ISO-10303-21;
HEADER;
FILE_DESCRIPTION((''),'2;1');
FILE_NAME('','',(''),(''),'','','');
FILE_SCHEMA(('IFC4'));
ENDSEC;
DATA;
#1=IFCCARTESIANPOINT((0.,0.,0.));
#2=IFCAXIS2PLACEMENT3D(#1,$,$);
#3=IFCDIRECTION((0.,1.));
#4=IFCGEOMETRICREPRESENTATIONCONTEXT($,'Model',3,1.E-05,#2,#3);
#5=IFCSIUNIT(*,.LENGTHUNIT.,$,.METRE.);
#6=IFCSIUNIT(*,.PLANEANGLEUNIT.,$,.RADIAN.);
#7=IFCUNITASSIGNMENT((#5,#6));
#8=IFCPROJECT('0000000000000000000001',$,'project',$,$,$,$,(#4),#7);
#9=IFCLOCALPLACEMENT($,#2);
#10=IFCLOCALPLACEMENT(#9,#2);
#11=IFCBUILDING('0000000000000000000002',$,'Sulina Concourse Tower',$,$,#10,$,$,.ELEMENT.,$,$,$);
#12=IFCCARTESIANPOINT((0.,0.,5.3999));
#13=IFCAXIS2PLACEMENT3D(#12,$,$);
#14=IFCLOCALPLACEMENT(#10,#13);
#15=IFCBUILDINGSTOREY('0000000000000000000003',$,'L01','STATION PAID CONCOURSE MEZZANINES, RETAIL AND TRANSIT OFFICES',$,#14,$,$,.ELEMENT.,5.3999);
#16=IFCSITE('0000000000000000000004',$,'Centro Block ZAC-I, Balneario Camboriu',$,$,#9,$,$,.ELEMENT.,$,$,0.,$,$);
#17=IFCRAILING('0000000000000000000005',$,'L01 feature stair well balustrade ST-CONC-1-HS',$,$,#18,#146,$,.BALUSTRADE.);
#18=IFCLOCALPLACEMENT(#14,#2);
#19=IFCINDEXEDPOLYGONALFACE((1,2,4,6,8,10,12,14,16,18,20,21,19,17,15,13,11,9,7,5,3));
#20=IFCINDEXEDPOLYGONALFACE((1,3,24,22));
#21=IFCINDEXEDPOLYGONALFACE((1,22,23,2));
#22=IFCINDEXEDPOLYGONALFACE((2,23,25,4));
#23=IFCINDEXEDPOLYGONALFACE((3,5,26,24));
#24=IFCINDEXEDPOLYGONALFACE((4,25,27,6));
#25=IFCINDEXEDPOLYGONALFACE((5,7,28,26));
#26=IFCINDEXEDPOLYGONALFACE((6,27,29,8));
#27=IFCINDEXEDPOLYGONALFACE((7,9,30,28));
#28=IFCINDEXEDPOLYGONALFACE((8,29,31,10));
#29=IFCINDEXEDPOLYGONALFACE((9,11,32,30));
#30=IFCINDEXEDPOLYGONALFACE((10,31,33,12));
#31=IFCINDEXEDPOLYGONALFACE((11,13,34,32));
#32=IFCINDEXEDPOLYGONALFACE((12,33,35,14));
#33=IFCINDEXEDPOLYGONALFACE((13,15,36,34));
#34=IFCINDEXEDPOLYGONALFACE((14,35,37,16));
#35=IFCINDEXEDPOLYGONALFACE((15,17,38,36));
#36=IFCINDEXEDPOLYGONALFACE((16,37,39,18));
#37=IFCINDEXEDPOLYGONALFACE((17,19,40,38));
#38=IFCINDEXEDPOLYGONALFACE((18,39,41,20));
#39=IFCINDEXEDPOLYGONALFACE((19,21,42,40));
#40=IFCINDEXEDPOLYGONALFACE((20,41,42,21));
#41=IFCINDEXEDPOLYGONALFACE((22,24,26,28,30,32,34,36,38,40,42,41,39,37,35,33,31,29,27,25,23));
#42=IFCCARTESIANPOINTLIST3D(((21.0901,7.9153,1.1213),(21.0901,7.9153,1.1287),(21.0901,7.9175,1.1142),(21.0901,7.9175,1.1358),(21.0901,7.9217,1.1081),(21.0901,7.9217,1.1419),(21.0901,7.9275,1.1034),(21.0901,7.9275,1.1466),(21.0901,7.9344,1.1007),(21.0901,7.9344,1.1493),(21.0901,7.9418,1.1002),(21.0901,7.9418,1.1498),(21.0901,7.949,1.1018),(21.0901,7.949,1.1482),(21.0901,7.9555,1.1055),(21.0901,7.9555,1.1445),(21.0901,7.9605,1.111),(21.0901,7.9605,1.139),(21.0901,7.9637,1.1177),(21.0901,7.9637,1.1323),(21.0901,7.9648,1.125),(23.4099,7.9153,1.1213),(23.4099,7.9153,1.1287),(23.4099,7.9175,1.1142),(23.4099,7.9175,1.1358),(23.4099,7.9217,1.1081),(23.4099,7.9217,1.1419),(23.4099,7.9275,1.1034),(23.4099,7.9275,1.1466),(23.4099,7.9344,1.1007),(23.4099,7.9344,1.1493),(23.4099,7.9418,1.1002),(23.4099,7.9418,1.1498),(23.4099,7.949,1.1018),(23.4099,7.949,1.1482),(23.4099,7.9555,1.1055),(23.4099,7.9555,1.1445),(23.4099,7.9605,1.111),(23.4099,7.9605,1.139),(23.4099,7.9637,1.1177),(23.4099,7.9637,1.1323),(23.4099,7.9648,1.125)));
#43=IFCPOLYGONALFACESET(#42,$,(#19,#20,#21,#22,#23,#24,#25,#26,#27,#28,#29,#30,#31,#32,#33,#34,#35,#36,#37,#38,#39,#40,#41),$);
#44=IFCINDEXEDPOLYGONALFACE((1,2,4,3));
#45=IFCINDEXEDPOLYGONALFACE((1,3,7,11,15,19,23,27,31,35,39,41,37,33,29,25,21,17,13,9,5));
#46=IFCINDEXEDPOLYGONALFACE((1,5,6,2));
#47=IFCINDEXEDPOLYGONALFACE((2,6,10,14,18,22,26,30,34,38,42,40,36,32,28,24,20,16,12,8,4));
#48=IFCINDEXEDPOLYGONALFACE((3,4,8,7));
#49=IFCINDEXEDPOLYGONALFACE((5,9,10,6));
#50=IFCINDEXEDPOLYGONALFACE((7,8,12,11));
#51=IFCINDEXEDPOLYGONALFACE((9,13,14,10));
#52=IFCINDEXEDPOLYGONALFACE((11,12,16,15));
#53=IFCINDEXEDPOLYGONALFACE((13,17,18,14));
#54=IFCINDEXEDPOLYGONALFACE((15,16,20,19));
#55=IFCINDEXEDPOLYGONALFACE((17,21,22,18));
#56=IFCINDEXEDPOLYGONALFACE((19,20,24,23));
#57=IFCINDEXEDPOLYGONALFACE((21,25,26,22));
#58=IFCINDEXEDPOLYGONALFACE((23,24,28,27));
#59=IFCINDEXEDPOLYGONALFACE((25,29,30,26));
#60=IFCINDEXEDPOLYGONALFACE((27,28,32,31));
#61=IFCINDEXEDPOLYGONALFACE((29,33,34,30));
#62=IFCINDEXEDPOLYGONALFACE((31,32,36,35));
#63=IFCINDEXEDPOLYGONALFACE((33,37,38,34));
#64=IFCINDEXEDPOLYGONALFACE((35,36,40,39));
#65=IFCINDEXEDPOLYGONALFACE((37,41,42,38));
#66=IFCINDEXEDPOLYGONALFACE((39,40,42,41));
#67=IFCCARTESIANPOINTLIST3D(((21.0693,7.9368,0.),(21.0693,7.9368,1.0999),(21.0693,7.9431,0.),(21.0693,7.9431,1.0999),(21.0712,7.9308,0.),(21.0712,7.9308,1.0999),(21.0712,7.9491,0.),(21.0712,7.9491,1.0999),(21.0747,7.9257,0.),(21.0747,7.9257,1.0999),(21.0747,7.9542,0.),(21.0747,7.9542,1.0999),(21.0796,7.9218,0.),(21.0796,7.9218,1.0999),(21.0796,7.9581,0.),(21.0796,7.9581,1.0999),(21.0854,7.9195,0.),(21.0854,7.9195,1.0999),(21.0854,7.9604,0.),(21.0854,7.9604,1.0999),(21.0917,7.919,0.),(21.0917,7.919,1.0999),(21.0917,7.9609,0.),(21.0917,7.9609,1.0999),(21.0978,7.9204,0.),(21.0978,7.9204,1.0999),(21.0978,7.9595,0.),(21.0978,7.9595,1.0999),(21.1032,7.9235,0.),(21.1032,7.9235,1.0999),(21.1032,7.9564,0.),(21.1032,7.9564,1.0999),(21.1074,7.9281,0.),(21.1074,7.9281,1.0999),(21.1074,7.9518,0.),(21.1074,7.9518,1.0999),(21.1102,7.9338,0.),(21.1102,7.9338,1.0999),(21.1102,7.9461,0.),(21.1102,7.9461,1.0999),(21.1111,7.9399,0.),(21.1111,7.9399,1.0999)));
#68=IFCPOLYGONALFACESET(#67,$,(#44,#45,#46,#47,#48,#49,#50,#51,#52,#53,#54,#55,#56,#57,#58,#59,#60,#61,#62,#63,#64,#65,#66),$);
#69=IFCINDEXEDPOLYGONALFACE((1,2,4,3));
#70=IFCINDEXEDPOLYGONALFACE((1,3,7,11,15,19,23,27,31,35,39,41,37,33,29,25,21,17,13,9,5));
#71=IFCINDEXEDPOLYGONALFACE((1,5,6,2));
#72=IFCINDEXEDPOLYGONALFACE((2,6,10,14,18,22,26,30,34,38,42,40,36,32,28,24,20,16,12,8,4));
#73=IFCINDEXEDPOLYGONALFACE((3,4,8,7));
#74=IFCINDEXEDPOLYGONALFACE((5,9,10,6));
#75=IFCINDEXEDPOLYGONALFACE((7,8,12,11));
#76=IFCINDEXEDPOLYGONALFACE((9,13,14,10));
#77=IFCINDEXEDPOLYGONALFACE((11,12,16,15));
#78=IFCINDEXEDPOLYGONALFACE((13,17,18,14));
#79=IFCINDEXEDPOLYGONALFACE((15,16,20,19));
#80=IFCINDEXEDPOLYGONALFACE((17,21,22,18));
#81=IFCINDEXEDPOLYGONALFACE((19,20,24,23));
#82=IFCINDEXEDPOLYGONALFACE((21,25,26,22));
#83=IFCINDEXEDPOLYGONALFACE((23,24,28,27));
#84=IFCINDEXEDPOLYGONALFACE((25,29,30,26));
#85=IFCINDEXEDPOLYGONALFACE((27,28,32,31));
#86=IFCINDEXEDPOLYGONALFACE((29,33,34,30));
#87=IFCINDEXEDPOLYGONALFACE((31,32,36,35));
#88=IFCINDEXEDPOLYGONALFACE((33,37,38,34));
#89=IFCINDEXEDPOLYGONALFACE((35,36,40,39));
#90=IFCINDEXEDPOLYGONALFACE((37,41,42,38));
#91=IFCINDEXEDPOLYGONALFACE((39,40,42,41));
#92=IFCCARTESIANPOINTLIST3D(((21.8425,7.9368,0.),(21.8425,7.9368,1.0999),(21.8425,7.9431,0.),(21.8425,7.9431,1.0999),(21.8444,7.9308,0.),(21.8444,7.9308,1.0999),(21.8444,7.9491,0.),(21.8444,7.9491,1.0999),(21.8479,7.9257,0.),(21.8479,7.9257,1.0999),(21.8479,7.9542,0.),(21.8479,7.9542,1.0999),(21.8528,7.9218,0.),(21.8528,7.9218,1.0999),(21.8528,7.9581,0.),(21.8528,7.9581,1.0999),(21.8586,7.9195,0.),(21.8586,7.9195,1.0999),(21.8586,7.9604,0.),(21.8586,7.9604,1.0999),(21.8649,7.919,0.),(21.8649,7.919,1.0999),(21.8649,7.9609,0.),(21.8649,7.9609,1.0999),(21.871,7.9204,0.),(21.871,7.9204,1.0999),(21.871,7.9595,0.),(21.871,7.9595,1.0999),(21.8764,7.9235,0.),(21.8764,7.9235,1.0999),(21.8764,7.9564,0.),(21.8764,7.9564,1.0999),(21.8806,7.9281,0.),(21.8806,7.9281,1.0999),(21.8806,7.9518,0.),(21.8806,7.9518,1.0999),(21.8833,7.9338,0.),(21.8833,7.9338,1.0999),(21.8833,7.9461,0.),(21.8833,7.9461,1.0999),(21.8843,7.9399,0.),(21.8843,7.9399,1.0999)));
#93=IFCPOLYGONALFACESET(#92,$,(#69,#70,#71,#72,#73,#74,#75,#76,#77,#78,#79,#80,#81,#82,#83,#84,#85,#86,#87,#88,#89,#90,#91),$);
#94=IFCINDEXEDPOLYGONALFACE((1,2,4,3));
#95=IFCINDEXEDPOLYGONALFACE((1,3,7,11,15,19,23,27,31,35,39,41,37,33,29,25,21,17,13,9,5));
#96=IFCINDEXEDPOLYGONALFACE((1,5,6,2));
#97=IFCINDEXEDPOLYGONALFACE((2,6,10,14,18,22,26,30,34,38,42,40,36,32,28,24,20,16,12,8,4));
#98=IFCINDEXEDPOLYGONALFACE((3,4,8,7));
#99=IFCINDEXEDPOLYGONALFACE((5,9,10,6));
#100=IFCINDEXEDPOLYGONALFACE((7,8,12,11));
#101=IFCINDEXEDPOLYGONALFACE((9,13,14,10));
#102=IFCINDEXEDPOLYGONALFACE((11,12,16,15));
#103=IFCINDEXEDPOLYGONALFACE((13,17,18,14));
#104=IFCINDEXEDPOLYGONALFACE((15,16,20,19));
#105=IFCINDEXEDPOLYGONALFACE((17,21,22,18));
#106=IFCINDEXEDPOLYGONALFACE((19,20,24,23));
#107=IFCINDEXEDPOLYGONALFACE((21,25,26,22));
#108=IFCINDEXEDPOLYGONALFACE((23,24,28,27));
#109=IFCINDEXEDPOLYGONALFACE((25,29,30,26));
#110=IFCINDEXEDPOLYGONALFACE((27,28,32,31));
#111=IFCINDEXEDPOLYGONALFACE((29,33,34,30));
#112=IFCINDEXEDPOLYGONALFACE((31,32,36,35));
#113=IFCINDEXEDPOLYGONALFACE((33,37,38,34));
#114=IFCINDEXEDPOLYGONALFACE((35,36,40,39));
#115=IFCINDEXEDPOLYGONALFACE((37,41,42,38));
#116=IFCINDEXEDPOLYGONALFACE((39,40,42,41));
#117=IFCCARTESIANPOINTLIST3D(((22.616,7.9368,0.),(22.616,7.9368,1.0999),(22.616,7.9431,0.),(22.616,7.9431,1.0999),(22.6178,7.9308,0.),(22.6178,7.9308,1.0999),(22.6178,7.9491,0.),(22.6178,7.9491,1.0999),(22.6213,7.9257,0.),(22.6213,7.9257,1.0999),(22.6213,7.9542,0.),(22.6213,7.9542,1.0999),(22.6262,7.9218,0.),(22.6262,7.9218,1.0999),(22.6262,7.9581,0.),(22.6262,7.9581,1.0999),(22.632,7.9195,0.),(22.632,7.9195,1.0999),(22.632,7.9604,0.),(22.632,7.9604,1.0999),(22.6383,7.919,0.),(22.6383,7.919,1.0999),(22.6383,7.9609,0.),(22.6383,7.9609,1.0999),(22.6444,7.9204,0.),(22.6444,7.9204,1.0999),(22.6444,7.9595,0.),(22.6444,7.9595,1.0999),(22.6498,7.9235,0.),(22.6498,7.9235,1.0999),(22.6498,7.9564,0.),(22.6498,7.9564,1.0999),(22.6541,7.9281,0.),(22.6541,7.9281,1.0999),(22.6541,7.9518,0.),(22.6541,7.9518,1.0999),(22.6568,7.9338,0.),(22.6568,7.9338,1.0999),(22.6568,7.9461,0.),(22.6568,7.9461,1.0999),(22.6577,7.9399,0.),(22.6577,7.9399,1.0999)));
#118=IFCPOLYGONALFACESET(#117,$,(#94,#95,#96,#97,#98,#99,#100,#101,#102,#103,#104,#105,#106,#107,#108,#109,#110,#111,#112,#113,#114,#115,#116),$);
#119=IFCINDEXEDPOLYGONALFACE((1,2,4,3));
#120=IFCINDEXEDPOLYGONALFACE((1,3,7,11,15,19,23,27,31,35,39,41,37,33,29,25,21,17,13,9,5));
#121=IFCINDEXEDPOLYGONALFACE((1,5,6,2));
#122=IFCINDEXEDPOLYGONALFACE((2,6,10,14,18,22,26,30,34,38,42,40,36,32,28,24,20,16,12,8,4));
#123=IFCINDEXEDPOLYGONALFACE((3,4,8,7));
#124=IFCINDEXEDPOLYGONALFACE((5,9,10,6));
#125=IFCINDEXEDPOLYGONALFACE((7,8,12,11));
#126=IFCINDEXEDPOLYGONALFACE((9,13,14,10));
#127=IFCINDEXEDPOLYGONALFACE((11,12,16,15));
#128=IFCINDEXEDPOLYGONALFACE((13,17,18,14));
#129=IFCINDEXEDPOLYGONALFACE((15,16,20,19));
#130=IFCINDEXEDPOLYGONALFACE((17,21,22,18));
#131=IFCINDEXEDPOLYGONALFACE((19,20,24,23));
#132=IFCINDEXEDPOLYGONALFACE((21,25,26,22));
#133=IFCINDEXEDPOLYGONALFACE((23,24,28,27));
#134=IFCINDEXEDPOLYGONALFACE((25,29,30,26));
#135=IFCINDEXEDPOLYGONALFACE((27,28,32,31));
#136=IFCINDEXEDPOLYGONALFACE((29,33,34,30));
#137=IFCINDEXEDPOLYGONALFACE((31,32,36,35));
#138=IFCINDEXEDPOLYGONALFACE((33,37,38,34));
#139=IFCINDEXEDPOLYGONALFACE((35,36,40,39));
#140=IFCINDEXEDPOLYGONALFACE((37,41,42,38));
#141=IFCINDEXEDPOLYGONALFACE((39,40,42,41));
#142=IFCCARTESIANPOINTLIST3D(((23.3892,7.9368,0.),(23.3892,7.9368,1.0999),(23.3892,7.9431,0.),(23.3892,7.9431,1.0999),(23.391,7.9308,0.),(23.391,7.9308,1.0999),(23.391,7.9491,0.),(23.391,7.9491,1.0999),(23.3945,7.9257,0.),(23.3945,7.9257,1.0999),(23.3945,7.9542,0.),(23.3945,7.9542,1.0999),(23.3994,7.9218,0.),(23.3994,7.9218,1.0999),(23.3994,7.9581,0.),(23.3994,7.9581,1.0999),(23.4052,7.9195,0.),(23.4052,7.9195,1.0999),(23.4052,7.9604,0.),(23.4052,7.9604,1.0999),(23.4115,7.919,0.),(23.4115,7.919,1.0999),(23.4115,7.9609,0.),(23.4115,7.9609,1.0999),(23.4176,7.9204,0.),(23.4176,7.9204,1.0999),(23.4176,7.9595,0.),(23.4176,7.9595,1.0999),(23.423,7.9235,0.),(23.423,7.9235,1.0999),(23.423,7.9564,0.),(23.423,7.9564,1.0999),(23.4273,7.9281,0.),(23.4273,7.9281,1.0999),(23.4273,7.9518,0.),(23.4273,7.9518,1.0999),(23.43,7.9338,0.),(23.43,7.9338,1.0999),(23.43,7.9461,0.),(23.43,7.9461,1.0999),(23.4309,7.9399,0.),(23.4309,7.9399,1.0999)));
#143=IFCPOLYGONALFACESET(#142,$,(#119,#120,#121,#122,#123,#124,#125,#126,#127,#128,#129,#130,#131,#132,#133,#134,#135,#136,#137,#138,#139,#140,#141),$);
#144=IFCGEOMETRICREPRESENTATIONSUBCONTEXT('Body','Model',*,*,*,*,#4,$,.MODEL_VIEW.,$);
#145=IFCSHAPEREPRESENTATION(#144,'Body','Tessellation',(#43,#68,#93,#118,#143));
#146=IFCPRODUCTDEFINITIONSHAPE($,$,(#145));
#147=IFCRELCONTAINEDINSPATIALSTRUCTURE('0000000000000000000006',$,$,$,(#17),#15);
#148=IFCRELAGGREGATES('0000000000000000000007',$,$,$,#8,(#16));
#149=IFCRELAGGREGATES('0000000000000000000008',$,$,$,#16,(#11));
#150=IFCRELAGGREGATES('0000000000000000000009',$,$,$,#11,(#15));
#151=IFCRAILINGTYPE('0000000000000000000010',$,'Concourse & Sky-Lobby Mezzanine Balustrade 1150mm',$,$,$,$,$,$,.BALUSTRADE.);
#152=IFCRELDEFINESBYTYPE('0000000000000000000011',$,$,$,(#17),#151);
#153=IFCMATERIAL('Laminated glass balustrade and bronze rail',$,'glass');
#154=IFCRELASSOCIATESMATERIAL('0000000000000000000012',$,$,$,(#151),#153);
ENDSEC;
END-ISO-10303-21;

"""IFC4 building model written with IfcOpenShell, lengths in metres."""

from ifc_helpers import new_model, si_unit, direction, frame, origin, origin_2d, place, context, subcontext, project, spatial, circle, extrude, material, type_object, element, save


model = new_model("IFC4")

# Units and contexts
model_context = context("Model", 3, precision=1e-05, world=origin(), true_north=direction((0.0, 1.0)))
body_context = subcontext(model_context, "Body", "Model", "MODEL_VIEW")
ifc_project = project(units=[si_unit("LENGTHUNIT", "METRE"), si_unit("PLANEANGLEUNIT", "RADIAN")], contexts=[model_context])

# Site, building, storey
site_placement = place(None, origin())
site = spatial("IfcSite", under=ifc_project, at=site_placement, Name="Centro Block ZAC-I, Balneario Camboriu", CompositionType="ELEMENT", RefElevation=0.0)
building_placement = place(site_placement, origin())
building = spatial("IfcBuilding", under=site, at=building_placement, Name="Sulina Concourse Tower", CompositionType="ELEMENT")
storey_placement = place(building_placement, frame((0.0, 0.0, 5.3999)))
storey = spatial("IfcBuildingStorey", under=building, at=storey_placement, Name="L01", Description="STATION PAID CONCOURSE MEZZANINES, RETAIL AND TRANSIT OFFICES", CompositionType="ELEMENT", Elevation=5.3999)

# Railing
ifc_material_1 = material(Name="Laminated glass balustrade and bronze rail", Category="glass")
railing_type = type_object("IfcRailingType", Name="Concourse & Sky-Lobby Mezzanine Balustrade 1150mm", PredefinedType="BALUSTRADE", material=ifc_material_1)
railing_1_placement = place(storey_placement, frame((21.0901, 7.9399, 0.0)))
element("IfcRailing", 1, at=railing_1_placement, inside=storey, type_object=railing_type, Name="L01 feature stair well balustrade ST-CONC-1-HS", PredefinedType="BALUSTRADE", context=body_context, shape_type="SweptSolid", body=[
    extrude(circle(Radius=0.0249, at=origin_2d()), frame((0.0, 0.0, 1.125), z_axis=(1.0, 0.0, 0.0), x_axis=(0.0, 1.0, 0.0)), (0.0, 0.0, 1.0), 2.3198),
    extrude(circle(Radius=0.021, at=origin_2d()), origin(), (0.0, 0.0, 1.0), 1.0999),
    extrude(circle(Radius=0.021, at=origin_2d()), frame((0.7732, 0.0, 0.0)), (0.0, 0.0, 1.0), 1.0999),
    extrude(circle(Radius=0.021, at=origin_2d()), frame((1.5466, 0.0, 0.0)), (0.0, 0.0, 1.0), 1.0999),
    extrude(circle(Radius=0.021, at=origin_2d()), frame((2.3198, 0.0, 0.0)), (0.0, 0.0, 1.0), 1.0999),
])

save(model, "model.ifc")
